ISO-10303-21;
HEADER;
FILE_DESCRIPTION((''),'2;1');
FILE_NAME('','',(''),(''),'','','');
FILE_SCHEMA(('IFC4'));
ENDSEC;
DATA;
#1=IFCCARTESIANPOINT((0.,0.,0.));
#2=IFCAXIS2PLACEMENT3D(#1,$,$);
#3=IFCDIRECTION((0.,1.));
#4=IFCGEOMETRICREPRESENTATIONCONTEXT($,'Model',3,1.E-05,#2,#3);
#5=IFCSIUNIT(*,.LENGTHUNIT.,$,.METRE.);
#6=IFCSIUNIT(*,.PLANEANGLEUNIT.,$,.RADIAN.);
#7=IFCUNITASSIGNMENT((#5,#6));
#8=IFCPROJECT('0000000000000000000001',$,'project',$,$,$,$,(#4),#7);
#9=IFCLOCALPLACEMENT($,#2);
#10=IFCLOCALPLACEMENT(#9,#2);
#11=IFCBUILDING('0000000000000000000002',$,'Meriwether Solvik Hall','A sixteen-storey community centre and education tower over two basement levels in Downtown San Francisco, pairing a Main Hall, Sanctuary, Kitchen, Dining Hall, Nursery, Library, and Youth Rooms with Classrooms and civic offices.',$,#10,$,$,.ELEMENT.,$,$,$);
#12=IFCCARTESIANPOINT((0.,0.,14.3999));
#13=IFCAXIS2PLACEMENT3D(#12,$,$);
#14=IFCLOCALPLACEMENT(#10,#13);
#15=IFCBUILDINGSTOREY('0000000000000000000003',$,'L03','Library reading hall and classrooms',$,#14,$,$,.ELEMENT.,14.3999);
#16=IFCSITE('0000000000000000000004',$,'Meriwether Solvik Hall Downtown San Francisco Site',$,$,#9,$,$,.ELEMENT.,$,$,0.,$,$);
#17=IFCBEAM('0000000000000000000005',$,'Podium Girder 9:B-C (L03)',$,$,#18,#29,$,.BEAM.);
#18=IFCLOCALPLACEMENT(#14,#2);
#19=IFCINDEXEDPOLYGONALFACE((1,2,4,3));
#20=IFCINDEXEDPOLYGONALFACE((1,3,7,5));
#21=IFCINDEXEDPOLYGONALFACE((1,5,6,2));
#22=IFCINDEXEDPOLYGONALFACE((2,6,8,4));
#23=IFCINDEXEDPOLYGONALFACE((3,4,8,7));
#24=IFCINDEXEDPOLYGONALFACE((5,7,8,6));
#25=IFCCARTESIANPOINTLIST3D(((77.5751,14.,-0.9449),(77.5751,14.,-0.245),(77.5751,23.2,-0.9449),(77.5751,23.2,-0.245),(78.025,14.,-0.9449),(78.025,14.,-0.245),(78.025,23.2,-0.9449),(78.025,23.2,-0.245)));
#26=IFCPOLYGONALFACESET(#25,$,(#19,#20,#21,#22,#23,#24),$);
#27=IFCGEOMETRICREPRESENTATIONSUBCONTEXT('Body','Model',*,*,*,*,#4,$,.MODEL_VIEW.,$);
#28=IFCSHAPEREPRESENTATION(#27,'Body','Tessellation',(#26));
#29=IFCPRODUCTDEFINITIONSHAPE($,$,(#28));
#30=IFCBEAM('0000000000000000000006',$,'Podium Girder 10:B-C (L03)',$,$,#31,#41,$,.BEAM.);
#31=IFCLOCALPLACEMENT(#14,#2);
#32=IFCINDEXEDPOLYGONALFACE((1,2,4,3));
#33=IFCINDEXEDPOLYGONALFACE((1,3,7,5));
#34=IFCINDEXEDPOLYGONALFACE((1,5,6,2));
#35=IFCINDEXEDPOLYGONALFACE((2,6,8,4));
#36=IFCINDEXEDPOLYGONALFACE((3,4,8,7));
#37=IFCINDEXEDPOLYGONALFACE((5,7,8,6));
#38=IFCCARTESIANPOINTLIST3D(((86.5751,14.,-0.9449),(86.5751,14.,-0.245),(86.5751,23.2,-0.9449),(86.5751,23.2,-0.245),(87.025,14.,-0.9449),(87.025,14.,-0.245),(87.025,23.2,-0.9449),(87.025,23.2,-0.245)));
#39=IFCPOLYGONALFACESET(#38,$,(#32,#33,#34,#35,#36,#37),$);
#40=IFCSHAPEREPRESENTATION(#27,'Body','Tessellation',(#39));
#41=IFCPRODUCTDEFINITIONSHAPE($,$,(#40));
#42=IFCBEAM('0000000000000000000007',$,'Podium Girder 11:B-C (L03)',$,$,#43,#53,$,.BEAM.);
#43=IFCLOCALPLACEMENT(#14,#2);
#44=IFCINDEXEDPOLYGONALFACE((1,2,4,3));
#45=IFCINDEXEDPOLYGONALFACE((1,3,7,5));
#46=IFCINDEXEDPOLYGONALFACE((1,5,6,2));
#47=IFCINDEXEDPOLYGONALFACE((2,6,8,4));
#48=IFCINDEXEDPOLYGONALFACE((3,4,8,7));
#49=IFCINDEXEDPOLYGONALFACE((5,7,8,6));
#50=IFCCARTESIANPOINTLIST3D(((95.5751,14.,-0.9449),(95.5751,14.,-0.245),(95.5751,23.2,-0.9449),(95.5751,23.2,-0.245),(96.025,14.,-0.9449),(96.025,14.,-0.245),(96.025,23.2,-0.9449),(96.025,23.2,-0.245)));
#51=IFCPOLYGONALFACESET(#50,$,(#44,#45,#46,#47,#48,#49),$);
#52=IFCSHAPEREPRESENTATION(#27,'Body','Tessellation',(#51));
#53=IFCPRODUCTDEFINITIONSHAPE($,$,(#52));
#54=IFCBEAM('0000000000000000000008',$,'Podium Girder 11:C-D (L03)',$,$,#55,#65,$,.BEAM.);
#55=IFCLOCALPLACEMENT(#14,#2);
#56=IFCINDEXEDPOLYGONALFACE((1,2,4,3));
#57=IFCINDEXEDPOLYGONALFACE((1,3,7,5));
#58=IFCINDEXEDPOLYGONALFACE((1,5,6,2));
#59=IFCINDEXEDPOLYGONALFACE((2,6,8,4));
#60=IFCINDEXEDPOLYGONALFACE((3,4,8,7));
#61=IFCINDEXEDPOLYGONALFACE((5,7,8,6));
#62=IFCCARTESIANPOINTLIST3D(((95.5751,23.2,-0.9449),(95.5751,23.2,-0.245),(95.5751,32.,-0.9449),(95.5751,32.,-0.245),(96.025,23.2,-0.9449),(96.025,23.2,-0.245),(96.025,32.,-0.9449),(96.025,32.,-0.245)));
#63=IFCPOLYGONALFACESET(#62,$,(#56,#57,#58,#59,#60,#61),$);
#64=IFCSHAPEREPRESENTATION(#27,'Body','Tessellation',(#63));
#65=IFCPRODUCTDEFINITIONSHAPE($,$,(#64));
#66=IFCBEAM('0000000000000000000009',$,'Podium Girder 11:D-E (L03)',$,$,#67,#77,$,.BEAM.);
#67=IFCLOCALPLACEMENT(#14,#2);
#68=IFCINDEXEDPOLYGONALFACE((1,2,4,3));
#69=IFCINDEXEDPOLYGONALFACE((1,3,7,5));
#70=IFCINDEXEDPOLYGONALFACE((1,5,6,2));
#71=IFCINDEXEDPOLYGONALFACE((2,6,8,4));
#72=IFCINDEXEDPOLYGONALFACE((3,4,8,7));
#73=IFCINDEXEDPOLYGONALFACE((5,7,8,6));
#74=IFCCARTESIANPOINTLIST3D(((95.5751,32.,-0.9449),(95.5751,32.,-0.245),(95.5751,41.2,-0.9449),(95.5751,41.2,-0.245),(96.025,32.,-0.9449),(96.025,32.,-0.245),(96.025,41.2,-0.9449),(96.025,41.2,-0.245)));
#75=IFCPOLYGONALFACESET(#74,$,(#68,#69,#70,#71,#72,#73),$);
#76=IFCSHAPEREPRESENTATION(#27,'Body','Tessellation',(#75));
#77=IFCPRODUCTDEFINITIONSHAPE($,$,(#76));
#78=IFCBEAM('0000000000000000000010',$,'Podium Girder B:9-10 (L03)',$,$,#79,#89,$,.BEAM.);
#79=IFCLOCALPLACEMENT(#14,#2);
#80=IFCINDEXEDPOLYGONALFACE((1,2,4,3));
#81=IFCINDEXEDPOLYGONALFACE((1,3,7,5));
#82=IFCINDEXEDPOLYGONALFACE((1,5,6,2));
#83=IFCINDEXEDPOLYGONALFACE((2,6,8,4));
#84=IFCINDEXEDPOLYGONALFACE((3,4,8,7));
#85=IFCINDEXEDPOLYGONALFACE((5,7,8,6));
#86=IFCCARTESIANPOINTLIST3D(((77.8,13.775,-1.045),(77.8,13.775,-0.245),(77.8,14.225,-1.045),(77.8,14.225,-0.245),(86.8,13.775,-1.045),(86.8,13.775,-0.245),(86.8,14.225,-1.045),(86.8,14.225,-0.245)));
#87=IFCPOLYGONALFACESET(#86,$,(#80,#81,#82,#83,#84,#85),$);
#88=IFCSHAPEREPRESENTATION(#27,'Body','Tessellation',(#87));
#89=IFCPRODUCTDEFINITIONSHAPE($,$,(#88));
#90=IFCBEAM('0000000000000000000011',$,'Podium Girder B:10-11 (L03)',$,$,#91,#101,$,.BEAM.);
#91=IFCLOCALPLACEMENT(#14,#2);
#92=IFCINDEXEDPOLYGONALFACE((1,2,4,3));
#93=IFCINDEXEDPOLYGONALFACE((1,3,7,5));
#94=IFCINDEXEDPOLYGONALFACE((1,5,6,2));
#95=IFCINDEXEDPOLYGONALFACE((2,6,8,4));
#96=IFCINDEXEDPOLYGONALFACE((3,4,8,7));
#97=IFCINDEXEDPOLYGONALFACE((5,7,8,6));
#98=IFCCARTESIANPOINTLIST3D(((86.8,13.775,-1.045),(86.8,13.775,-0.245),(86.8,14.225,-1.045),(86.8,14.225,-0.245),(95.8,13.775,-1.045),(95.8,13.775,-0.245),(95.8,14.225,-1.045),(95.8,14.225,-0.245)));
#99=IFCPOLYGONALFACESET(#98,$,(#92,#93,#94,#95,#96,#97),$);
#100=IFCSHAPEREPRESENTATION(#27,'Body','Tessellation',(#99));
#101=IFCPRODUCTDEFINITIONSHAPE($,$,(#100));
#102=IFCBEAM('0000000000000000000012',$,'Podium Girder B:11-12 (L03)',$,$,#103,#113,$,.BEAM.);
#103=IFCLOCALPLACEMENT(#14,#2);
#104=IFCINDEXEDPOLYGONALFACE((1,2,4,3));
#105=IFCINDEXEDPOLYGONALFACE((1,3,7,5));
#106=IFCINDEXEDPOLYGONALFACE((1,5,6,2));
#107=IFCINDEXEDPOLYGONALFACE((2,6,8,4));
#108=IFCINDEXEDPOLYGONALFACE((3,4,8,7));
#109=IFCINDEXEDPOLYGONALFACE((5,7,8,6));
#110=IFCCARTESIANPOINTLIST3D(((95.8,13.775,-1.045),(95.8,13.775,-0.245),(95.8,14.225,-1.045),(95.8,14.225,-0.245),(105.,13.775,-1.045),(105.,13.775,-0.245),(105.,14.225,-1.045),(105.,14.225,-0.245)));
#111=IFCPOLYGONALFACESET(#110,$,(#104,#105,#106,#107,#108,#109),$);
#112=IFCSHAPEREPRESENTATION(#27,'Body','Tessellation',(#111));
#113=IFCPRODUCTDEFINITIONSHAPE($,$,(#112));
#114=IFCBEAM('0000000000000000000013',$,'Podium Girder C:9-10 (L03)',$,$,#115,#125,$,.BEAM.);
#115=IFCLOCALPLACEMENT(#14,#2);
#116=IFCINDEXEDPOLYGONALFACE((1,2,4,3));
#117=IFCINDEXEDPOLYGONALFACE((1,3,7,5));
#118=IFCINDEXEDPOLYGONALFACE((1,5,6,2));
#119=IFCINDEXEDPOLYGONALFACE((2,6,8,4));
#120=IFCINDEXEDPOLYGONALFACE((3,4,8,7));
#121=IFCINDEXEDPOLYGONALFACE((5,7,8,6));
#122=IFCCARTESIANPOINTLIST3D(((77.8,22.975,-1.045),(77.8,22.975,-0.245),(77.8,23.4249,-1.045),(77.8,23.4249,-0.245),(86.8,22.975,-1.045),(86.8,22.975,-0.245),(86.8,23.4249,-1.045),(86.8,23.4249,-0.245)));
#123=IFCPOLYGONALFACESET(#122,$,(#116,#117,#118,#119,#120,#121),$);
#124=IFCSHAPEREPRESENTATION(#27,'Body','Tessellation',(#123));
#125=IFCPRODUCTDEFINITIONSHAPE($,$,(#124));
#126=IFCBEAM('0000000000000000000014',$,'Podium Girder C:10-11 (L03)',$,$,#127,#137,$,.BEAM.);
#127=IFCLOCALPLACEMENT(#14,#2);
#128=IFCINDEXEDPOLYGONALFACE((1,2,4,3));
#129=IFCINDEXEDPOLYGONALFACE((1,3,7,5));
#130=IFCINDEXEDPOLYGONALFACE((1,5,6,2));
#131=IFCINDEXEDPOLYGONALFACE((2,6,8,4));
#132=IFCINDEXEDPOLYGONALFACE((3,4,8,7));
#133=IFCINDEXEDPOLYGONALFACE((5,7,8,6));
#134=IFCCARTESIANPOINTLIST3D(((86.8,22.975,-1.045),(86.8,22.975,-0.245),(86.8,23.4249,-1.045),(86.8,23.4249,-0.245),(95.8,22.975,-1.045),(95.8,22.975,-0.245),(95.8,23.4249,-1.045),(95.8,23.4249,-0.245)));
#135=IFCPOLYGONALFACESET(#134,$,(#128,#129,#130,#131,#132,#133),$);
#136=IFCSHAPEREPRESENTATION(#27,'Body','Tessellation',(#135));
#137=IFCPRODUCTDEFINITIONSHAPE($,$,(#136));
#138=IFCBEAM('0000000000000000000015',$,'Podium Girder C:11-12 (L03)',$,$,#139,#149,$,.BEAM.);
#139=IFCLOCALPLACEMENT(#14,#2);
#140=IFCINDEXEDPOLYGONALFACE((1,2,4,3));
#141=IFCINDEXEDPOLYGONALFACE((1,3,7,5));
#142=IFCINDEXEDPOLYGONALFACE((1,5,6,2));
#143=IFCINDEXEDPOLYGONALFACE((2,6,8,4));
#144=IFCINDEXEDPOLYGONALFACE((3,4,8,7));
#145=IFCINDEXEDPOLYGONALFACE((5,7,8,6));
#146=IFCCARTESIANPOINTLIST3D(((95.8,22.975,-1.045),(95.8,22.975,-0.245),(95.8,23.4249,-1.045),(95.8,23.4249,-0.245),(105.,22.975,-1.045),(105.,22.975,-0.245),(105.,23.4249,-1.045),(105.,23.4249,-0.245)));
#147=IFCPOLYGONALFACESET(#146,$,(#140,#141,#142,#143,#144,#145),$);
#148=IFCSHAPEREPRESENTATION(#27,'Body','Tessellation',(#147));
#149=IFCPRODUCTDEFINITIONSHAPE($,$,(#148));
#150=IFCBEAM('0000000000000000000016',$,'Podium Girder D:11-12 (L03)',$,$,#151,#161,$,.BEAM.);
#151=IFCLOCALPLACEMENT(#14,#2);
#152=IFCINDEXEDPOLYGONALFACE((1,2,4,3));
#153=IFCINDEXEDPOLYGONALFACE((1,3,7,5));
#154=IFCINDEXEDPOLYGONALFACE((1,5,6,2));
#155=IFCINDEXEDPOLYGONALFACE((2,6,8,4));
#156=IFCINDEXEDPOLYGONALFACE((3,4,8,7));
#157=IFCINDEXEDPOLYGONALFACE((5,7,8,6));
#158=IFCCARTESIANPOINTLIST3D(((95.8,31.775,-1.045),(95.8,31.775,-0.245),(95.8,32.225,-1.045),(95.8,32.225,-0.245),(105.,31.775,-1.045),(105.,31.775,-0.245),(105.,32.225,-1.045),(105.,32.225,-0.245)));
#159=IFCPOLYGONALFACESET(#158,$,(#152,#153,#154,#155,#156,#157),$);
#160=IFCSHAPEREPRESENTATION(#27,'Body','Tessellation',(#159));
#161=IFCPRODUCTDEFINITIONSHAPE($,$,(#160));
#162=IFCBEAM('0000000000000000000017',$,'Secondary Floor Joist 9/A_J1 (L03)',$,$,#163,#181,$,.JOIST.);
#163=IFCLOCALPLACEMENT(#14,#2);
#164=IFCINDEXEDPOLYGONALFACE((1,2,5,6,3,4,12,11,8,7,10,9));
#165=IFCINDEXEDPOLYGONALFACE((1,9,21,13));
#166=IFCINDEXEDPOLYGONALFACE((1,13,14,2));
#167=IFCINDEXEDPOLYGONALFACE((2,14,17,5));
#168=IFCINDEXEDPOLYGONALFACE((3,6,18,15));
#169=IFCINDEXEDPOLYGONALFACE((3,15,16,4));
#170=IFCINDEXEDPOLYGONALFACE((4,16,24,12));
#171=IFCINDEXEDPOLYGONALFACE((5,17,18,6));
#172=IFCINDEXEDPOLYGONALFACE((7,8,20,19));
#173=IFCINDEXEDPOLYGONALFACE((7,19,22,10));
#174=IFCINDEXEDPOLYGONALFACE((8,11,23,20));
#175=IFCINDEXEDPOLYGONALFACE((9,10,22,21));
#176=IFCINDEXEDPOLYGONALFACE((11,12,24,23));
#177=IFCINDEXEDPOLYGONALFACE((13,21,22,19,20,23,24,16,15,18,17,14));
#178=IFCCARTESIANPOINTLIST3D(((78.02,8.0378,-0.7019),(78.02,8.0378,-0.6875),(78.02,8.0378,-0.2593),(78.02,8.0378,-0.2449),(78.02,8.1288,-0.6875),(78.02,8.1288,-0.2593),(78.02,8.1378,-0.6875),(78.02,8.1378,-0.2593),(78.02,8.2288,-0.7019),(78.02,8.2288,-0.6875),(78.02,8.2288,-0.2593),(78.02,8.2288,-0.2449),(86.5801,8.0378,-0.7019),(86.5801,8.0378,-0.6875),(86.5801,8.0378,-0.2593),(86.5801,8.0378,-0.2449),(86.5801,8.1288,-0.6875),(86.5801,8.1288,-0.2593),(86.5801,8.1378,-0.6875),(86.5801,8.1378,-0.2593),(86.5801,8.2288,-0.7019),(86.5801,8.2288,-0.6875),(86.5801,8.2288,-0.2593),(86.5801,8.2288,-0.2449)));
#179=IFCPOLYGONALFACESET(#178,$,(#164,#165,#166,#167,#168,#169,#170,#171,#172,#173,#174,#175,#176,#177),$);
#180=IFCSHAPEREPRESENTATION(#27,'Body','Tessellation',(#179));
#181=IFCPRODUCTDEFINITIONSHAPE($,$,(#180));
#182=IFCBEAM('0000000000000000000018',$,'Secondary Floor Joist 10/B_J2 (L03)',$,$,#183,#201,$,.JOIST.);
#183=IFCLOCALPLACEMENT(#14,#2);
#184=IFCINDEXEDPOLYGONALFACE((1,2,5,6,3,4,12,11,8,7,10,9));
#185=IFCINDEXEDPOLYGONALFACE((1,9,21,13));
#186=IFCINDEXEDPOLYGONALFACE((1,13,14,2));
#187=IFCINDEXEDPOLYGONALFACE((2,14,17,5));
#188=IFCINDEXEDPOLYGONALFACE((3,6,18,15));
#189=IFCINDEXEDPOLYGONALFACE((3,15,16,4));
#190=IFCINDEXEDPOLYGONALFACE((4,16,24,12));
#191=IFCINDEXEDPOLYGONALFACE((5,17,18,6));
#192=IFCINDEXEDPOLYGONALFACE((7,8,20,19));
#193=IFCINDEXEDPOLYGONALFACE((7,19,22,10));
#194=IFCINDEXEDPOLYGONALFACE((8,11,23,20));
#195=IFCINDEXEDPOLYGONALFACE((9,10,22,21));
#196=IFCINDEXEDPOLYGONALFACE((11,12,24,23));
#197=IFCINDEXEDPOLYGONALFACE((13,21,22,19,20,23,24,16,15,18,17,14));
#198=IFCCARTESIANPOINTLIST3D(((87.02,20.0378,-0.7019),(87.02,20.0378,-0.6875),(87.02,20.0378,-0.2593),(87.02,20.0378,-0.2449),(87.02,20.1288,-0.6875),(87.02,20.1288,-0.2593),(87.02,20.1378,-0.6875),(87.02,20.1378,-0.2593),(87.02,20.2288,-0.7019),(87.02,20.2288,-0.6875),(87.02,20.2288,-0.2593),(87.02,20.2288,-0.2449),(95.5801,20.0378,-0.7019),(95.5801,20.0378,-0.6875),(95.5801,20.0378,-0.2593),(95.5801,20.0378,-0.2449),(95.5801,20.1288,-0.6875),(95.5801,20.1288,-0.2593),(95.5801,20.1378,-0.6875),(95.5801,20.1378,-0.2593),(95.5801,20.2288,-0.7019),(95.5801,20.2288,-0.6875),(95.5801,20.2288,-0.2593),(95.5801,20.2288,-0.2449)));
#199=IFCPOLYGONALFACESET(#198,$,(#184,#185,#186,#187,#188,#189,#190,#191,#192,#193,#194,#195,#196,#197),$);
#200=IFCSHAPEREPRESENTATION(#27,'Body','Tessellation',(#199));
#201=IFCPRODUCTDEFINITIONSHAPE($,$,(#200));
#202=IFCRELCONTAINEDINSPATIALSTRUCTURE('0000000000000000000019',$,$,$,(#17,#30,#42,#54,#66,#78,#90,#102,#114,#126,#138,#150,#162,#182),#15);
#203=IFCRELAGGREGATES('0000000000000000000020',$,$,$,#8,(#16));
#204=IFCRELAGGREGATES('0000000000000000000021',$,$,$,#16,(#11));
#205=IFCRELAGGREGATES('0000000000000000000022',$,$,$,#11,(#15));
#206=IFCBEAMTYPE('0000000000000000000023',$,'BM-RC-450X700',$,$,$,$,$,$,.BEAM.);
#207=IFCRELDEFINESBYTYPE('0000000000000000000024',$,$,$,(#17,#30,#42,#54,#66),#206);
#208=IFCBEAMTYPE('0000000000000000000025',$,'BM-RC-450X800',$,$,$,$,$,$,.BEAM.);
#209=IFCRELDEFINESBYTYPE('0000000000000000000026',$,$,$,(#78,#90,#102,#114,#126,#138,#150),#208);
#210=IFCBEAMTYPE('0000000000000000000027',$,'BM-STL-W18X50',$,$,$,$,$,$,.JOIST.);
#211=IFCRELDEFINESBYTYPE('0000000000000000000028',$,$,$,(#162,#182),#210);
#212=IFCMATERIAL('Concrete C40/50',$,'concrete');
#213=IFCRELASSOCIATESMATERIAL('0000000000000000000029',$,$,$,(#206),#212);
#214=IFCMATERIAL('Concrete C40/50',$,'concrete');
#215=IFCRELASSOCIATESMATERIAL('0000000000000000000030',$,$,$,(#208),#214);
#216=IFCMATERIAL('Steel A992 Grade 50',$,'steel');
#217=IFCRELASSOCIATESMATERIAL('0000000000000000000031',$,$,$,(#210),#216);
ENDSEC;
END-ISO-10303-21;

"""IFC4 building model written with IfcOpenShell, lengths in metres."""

from ifc_helpers import new_model, si_unit, direction, frame, origin, origin_2d, place, context, subcontext, project, spatial, rectangle, i_section, extrude, material, material_profile, profile_set, type_object, element, save


model = new_model("IFC4")

# Units and contexts
model_context = context("Model", 3, precision=1e-05, world=origin(), true_north=direction((0.0, 1.0)))
body_context = subcontext(model_context, "Body", "Model", "MODEL_VIEW")
ifc_project = project(units=[si_unit("LENGTHUNIT", "METRE"), si_unit("PLANEANGLEUNIT", "RADIAN")], contexts=[model_context])

# Site, building, storey
site_placement = place(None, origin())
site = spatial("IfcSite", under=ifc_project, at=site_placement, Name="Meriwether Solvik Hall Downtown San Francisco Site", CompositionType="ELEMENT", RefElevation=0.0)
building_placement = place(site_placement, origin())
building = spatial("IfcBuilding", under=site, at=building_placement, Name="Meriwether Solvik Hall", Description="A sixteen-storey community centre and education tower over two basement levels in Downtown San Francisco, pairing a Main Hall, Sanctuary, Kitchen, Dining Hall, Nursery, Library, and Youth Rooms with Classrooms and civic offices.", CompositionType="ELEMENT")
storey_placement = place(building_placement, frame((0.0, 0.0, 14.3999)))
storey = spatial("IfcBuildingStorey", under=building, at=storey_placement, Name="L03", Description="Library reading hall and classrooms", CompositionType="ELEMENT", Elevation=14.3999)

# Beams
ifc_material_1 = material(Name="Concrete C40/50", Category="concrete")
ifc_material_profile_1 = material_profile(ifc_material_1, rectangle(XDim=0.45, YDim=0.7, at=origin_2d()), Name="RCB-450X700")
ifc_profile_set_1 = profile_set([ifc_material_profile_1], Name="Concrete C40/50")
beam_type_1 = type_object("IfcBeamType", Name="BM-RC-450X700", PredefinedType="BEAM", material=ifc_profile_set_1)
for number, where, z_axis, x_axis, name in (
    (1, (77.8, 14.0, -0.595), (0.0, 1.0, 0.0), (-1.0, 0.0, 0.0), "Podium Girder 9:B-C (L03)"),
    (2, (86.8, 14.0, -0.595), (0.0, 1.0, 0.0), (-1.0, 0.0, 0.0), "Podium Girder 10:B-C (L03)"),
    (3, (95.8, 14.0, -0.595), (0.0, 1.0, 0.0), (-1.0, 0.0, 0.0), "Podium Girder 11:B-C (L03)"),
):
    element("IfcBeam", number, at=place(storey_placement, frame(where, z_axis=z_axis, x_axis=x_axis)), inside=storey, type_object=beam_type_1, Name=name, PredefinedType="BEAM", context=body_context, shape_type="SweptSolid", body=[
        extrude(rectangle(XDim=0.45, YDim=0.7, at=origin_2d()), origin(), (0.0, 0.0, 1.0), 9.2),
    ])
beam_1_placement = place(storey_placement, frame((95.8, 23.2, -0.595), z_axis=(0.0, 1.0, 0.0), x_axis=(-1.0, 0.0, 0.0)))
element("IfcBeam", 4, at=beam_1_placement, inside=storey, type_object=beam_type_1, Name="Podium Girder 11:C-D (L03)", PredefinedType="BEAM", context=body_context, shape_type="SweptSolid", body=[
    extrude(rectangle(XDim=0.45, YDim=0.7, at=origin_2d()), origin(), (0.0, 0.0, 1.0), 8.8),
])
beam_2_placement = place(storey_placement, frame((95.8, 32.0, -0.595), z_axis=(0.0, 1.0, 0.0), x_axis=(-1.0, 0.0, 0.0)))
element("IfcBeam", 5, at=beam_2_placement, inside=storey, type_object=beam_type_1, Name="Podium Girder 11:D-E (L03)", PredefinedType="BEAM", context=body_context, shape_type="SweptSolid", body=[
    extrude(rectangle(XDim=0.45, YDim=0.7, at=origin_2d()), origin(), (0.0, 0.0, 1.0), 9.2),
])
ifc_material_2 = material(Name="Concrete C40/50", Category="concrete")
ifc_material_profile_2 = material_profile(ifc_material_2, rectangle(XDim=0.45, YDim=0.8, at=origin_2d()), Name="RCB-450X800")
ifc_profile_set_2 = profile_set([ifc_material_profile_2], Name="Concrete C40/50")
beam_type_2 = type_object("IfcBeamType", Name="BM-RC-450X800", PredefinedType="BEAM", material=ifc_profile_set_2)
for number, where, z_axis, x_axis, name in (
    (6, (77.8, 14.0, -0.645), (1.0, 0.0, 0.0), (0.0, 1.0, 0.0), "Podium Girder B:9-10 (L03)"),
    (7, (86.8, 14.0, -0.645), (1.0, 0.0, 0.0), (0.0, 1.0, 0.0), "Podium Girder B:10-11 (L03)"),
):
    element("IfcBeam", number, at=place(storey_placement, frame(where, z_axis=z_axis, x_axis=x_axis)), inside=storey, type_object=beam_type_2, Name=name, PredefinedType="BEAM", context=body_context, shape_type="SweptSolid", body=[
        extrude(rectangle(XDim=0.45, YDim=0.8, at=origin_2d()), origin(), (0.0, 0.0, 1.0), 9.0),
    ])
beam_3_placement = place(storey_placement, frame((95.8, 14.0, -0.645), z_axis=(1.0, 0.0, 0.0), x_axis=(0.0, 1.0, 0.0)))
element("IfcBeam", 8, at=beam_3_placement, inside=storey, type_object=beam_type_2, Name="Podium Girder B:11-12 (L03)", PredefinedType="BEAM", context=body_context, shape_type="SweptSolid", body=[
    extrude(rectangle(XDim=0.45, YDim=0.8, at=origin_2d()), origin(), (0.0, 0.0, 1.0), 9.2),
])
for number, where, z_axis, x_axis, name in (
    (9, (77.8, 23.2, -0.645), (1.0, 0.0, 0.0), (0.0, 1.0, 0.0), "Podium Girder C:9-10 (L03)"),
    (10, (86.8, 23.2, -0.645), (1.0, 0.0, 0.0), (0.0, 1.0, 0.0), "Podium Girder C:10-11 (L03)"),
):
    element("IfcBeam", number, at=place(storey_placement, frame(where, z_axis=z_axis, x_axis=x_axis)), inside=storey, type_object=beam_type_2, Name=name, PredefinedType="BEAM", context=body_context, shape_type="SweptSolid", body=[
        extrude(rectangle(XDim=0.45, YDim=0.8, at=origin_2d()), origin(), (0.0, 0.0, 1.0), 9.0),
    ])
for number, where, z_axis, x_axis, name in (
    (11, (95.8, 23.2, -0.645), (1.0, 0.0, 0.0), (0.0, 1.0, 0.0), "Podium Girder C:11-12 (L03)"),
    (12, (95.8, 32.0, -0.645), (1.0, 0.0, 0.0), (0.0, 1.0, 0.0), "Podium Girder D:11-12 (L03)"),
):
    element("IfcBeam", number, at=place(storey_placement, frame(where, z_axis=z_axis, x_axis=x_axis)), inside=storey, type_object=beam_type_2, Name=name, PredefinedType="BEAM", context=body_context, shape_type="SweptSolid", body=[
        extrude(rectangle(XDim=0.45, YDim=0.8, at=origin_2d()), origin(), (0.0, 0.0, 1.0), 9.2),
    ])
ifc_material_3 = material(Name="Steel A992 Grade 50", Category="steel")
ifc_material_profile_3 = material_profile(ifc_material_3, i_section(OverallWidth=0.1909, OverallDepth=0.457, WebThickness=0.009, FlangeThickness=0.0144, at=origin_2d()), Name="W18X50")
ifc_profile_set_3 = profile_set([ifc_material_profile_3], Name="Steel A992 Grade 50")
beam_type_3 = type_object("IfcBeamType", Name="BM-STL-W18X50", PredefinedType="JOIST", material=ifc_profile_set_3)
for number, where, z_axis, x_axis, name in (
    (13, (78.02, 8.1333, -0.4734), (1.0, 0.0, 0.0), (0.0, 1.0, 0.0), "Secondary Floor Joist 9/A_J1 (L03)"),
    (14, (87.02, 20.1333, -0.4734), (1.0, 0.0, 0.0), (0.0, 1.0, 0.0), "Secondary Floor Joist 10/B_J2 (L03)"),
):
    element("IfcBeam", number, at=place(storey_placement, frame(where, z_axis=z_axis, x_axis=x_axis)), inside=storey, type_object=beam_type_3, Name=name, PredefinedType="JOIST", context=body_context, shape_type="SweptSolid", body=[
        extrude(i_section(OverallWidth=0.1909, OverallDepth=0.457, WebThickness=0.009, FlangeThickness=0.0144, at=origin_2d()), origin(), (0.0, 0.0, 1.0), 8.5601),
    ])

save(model, "model.ifc")
